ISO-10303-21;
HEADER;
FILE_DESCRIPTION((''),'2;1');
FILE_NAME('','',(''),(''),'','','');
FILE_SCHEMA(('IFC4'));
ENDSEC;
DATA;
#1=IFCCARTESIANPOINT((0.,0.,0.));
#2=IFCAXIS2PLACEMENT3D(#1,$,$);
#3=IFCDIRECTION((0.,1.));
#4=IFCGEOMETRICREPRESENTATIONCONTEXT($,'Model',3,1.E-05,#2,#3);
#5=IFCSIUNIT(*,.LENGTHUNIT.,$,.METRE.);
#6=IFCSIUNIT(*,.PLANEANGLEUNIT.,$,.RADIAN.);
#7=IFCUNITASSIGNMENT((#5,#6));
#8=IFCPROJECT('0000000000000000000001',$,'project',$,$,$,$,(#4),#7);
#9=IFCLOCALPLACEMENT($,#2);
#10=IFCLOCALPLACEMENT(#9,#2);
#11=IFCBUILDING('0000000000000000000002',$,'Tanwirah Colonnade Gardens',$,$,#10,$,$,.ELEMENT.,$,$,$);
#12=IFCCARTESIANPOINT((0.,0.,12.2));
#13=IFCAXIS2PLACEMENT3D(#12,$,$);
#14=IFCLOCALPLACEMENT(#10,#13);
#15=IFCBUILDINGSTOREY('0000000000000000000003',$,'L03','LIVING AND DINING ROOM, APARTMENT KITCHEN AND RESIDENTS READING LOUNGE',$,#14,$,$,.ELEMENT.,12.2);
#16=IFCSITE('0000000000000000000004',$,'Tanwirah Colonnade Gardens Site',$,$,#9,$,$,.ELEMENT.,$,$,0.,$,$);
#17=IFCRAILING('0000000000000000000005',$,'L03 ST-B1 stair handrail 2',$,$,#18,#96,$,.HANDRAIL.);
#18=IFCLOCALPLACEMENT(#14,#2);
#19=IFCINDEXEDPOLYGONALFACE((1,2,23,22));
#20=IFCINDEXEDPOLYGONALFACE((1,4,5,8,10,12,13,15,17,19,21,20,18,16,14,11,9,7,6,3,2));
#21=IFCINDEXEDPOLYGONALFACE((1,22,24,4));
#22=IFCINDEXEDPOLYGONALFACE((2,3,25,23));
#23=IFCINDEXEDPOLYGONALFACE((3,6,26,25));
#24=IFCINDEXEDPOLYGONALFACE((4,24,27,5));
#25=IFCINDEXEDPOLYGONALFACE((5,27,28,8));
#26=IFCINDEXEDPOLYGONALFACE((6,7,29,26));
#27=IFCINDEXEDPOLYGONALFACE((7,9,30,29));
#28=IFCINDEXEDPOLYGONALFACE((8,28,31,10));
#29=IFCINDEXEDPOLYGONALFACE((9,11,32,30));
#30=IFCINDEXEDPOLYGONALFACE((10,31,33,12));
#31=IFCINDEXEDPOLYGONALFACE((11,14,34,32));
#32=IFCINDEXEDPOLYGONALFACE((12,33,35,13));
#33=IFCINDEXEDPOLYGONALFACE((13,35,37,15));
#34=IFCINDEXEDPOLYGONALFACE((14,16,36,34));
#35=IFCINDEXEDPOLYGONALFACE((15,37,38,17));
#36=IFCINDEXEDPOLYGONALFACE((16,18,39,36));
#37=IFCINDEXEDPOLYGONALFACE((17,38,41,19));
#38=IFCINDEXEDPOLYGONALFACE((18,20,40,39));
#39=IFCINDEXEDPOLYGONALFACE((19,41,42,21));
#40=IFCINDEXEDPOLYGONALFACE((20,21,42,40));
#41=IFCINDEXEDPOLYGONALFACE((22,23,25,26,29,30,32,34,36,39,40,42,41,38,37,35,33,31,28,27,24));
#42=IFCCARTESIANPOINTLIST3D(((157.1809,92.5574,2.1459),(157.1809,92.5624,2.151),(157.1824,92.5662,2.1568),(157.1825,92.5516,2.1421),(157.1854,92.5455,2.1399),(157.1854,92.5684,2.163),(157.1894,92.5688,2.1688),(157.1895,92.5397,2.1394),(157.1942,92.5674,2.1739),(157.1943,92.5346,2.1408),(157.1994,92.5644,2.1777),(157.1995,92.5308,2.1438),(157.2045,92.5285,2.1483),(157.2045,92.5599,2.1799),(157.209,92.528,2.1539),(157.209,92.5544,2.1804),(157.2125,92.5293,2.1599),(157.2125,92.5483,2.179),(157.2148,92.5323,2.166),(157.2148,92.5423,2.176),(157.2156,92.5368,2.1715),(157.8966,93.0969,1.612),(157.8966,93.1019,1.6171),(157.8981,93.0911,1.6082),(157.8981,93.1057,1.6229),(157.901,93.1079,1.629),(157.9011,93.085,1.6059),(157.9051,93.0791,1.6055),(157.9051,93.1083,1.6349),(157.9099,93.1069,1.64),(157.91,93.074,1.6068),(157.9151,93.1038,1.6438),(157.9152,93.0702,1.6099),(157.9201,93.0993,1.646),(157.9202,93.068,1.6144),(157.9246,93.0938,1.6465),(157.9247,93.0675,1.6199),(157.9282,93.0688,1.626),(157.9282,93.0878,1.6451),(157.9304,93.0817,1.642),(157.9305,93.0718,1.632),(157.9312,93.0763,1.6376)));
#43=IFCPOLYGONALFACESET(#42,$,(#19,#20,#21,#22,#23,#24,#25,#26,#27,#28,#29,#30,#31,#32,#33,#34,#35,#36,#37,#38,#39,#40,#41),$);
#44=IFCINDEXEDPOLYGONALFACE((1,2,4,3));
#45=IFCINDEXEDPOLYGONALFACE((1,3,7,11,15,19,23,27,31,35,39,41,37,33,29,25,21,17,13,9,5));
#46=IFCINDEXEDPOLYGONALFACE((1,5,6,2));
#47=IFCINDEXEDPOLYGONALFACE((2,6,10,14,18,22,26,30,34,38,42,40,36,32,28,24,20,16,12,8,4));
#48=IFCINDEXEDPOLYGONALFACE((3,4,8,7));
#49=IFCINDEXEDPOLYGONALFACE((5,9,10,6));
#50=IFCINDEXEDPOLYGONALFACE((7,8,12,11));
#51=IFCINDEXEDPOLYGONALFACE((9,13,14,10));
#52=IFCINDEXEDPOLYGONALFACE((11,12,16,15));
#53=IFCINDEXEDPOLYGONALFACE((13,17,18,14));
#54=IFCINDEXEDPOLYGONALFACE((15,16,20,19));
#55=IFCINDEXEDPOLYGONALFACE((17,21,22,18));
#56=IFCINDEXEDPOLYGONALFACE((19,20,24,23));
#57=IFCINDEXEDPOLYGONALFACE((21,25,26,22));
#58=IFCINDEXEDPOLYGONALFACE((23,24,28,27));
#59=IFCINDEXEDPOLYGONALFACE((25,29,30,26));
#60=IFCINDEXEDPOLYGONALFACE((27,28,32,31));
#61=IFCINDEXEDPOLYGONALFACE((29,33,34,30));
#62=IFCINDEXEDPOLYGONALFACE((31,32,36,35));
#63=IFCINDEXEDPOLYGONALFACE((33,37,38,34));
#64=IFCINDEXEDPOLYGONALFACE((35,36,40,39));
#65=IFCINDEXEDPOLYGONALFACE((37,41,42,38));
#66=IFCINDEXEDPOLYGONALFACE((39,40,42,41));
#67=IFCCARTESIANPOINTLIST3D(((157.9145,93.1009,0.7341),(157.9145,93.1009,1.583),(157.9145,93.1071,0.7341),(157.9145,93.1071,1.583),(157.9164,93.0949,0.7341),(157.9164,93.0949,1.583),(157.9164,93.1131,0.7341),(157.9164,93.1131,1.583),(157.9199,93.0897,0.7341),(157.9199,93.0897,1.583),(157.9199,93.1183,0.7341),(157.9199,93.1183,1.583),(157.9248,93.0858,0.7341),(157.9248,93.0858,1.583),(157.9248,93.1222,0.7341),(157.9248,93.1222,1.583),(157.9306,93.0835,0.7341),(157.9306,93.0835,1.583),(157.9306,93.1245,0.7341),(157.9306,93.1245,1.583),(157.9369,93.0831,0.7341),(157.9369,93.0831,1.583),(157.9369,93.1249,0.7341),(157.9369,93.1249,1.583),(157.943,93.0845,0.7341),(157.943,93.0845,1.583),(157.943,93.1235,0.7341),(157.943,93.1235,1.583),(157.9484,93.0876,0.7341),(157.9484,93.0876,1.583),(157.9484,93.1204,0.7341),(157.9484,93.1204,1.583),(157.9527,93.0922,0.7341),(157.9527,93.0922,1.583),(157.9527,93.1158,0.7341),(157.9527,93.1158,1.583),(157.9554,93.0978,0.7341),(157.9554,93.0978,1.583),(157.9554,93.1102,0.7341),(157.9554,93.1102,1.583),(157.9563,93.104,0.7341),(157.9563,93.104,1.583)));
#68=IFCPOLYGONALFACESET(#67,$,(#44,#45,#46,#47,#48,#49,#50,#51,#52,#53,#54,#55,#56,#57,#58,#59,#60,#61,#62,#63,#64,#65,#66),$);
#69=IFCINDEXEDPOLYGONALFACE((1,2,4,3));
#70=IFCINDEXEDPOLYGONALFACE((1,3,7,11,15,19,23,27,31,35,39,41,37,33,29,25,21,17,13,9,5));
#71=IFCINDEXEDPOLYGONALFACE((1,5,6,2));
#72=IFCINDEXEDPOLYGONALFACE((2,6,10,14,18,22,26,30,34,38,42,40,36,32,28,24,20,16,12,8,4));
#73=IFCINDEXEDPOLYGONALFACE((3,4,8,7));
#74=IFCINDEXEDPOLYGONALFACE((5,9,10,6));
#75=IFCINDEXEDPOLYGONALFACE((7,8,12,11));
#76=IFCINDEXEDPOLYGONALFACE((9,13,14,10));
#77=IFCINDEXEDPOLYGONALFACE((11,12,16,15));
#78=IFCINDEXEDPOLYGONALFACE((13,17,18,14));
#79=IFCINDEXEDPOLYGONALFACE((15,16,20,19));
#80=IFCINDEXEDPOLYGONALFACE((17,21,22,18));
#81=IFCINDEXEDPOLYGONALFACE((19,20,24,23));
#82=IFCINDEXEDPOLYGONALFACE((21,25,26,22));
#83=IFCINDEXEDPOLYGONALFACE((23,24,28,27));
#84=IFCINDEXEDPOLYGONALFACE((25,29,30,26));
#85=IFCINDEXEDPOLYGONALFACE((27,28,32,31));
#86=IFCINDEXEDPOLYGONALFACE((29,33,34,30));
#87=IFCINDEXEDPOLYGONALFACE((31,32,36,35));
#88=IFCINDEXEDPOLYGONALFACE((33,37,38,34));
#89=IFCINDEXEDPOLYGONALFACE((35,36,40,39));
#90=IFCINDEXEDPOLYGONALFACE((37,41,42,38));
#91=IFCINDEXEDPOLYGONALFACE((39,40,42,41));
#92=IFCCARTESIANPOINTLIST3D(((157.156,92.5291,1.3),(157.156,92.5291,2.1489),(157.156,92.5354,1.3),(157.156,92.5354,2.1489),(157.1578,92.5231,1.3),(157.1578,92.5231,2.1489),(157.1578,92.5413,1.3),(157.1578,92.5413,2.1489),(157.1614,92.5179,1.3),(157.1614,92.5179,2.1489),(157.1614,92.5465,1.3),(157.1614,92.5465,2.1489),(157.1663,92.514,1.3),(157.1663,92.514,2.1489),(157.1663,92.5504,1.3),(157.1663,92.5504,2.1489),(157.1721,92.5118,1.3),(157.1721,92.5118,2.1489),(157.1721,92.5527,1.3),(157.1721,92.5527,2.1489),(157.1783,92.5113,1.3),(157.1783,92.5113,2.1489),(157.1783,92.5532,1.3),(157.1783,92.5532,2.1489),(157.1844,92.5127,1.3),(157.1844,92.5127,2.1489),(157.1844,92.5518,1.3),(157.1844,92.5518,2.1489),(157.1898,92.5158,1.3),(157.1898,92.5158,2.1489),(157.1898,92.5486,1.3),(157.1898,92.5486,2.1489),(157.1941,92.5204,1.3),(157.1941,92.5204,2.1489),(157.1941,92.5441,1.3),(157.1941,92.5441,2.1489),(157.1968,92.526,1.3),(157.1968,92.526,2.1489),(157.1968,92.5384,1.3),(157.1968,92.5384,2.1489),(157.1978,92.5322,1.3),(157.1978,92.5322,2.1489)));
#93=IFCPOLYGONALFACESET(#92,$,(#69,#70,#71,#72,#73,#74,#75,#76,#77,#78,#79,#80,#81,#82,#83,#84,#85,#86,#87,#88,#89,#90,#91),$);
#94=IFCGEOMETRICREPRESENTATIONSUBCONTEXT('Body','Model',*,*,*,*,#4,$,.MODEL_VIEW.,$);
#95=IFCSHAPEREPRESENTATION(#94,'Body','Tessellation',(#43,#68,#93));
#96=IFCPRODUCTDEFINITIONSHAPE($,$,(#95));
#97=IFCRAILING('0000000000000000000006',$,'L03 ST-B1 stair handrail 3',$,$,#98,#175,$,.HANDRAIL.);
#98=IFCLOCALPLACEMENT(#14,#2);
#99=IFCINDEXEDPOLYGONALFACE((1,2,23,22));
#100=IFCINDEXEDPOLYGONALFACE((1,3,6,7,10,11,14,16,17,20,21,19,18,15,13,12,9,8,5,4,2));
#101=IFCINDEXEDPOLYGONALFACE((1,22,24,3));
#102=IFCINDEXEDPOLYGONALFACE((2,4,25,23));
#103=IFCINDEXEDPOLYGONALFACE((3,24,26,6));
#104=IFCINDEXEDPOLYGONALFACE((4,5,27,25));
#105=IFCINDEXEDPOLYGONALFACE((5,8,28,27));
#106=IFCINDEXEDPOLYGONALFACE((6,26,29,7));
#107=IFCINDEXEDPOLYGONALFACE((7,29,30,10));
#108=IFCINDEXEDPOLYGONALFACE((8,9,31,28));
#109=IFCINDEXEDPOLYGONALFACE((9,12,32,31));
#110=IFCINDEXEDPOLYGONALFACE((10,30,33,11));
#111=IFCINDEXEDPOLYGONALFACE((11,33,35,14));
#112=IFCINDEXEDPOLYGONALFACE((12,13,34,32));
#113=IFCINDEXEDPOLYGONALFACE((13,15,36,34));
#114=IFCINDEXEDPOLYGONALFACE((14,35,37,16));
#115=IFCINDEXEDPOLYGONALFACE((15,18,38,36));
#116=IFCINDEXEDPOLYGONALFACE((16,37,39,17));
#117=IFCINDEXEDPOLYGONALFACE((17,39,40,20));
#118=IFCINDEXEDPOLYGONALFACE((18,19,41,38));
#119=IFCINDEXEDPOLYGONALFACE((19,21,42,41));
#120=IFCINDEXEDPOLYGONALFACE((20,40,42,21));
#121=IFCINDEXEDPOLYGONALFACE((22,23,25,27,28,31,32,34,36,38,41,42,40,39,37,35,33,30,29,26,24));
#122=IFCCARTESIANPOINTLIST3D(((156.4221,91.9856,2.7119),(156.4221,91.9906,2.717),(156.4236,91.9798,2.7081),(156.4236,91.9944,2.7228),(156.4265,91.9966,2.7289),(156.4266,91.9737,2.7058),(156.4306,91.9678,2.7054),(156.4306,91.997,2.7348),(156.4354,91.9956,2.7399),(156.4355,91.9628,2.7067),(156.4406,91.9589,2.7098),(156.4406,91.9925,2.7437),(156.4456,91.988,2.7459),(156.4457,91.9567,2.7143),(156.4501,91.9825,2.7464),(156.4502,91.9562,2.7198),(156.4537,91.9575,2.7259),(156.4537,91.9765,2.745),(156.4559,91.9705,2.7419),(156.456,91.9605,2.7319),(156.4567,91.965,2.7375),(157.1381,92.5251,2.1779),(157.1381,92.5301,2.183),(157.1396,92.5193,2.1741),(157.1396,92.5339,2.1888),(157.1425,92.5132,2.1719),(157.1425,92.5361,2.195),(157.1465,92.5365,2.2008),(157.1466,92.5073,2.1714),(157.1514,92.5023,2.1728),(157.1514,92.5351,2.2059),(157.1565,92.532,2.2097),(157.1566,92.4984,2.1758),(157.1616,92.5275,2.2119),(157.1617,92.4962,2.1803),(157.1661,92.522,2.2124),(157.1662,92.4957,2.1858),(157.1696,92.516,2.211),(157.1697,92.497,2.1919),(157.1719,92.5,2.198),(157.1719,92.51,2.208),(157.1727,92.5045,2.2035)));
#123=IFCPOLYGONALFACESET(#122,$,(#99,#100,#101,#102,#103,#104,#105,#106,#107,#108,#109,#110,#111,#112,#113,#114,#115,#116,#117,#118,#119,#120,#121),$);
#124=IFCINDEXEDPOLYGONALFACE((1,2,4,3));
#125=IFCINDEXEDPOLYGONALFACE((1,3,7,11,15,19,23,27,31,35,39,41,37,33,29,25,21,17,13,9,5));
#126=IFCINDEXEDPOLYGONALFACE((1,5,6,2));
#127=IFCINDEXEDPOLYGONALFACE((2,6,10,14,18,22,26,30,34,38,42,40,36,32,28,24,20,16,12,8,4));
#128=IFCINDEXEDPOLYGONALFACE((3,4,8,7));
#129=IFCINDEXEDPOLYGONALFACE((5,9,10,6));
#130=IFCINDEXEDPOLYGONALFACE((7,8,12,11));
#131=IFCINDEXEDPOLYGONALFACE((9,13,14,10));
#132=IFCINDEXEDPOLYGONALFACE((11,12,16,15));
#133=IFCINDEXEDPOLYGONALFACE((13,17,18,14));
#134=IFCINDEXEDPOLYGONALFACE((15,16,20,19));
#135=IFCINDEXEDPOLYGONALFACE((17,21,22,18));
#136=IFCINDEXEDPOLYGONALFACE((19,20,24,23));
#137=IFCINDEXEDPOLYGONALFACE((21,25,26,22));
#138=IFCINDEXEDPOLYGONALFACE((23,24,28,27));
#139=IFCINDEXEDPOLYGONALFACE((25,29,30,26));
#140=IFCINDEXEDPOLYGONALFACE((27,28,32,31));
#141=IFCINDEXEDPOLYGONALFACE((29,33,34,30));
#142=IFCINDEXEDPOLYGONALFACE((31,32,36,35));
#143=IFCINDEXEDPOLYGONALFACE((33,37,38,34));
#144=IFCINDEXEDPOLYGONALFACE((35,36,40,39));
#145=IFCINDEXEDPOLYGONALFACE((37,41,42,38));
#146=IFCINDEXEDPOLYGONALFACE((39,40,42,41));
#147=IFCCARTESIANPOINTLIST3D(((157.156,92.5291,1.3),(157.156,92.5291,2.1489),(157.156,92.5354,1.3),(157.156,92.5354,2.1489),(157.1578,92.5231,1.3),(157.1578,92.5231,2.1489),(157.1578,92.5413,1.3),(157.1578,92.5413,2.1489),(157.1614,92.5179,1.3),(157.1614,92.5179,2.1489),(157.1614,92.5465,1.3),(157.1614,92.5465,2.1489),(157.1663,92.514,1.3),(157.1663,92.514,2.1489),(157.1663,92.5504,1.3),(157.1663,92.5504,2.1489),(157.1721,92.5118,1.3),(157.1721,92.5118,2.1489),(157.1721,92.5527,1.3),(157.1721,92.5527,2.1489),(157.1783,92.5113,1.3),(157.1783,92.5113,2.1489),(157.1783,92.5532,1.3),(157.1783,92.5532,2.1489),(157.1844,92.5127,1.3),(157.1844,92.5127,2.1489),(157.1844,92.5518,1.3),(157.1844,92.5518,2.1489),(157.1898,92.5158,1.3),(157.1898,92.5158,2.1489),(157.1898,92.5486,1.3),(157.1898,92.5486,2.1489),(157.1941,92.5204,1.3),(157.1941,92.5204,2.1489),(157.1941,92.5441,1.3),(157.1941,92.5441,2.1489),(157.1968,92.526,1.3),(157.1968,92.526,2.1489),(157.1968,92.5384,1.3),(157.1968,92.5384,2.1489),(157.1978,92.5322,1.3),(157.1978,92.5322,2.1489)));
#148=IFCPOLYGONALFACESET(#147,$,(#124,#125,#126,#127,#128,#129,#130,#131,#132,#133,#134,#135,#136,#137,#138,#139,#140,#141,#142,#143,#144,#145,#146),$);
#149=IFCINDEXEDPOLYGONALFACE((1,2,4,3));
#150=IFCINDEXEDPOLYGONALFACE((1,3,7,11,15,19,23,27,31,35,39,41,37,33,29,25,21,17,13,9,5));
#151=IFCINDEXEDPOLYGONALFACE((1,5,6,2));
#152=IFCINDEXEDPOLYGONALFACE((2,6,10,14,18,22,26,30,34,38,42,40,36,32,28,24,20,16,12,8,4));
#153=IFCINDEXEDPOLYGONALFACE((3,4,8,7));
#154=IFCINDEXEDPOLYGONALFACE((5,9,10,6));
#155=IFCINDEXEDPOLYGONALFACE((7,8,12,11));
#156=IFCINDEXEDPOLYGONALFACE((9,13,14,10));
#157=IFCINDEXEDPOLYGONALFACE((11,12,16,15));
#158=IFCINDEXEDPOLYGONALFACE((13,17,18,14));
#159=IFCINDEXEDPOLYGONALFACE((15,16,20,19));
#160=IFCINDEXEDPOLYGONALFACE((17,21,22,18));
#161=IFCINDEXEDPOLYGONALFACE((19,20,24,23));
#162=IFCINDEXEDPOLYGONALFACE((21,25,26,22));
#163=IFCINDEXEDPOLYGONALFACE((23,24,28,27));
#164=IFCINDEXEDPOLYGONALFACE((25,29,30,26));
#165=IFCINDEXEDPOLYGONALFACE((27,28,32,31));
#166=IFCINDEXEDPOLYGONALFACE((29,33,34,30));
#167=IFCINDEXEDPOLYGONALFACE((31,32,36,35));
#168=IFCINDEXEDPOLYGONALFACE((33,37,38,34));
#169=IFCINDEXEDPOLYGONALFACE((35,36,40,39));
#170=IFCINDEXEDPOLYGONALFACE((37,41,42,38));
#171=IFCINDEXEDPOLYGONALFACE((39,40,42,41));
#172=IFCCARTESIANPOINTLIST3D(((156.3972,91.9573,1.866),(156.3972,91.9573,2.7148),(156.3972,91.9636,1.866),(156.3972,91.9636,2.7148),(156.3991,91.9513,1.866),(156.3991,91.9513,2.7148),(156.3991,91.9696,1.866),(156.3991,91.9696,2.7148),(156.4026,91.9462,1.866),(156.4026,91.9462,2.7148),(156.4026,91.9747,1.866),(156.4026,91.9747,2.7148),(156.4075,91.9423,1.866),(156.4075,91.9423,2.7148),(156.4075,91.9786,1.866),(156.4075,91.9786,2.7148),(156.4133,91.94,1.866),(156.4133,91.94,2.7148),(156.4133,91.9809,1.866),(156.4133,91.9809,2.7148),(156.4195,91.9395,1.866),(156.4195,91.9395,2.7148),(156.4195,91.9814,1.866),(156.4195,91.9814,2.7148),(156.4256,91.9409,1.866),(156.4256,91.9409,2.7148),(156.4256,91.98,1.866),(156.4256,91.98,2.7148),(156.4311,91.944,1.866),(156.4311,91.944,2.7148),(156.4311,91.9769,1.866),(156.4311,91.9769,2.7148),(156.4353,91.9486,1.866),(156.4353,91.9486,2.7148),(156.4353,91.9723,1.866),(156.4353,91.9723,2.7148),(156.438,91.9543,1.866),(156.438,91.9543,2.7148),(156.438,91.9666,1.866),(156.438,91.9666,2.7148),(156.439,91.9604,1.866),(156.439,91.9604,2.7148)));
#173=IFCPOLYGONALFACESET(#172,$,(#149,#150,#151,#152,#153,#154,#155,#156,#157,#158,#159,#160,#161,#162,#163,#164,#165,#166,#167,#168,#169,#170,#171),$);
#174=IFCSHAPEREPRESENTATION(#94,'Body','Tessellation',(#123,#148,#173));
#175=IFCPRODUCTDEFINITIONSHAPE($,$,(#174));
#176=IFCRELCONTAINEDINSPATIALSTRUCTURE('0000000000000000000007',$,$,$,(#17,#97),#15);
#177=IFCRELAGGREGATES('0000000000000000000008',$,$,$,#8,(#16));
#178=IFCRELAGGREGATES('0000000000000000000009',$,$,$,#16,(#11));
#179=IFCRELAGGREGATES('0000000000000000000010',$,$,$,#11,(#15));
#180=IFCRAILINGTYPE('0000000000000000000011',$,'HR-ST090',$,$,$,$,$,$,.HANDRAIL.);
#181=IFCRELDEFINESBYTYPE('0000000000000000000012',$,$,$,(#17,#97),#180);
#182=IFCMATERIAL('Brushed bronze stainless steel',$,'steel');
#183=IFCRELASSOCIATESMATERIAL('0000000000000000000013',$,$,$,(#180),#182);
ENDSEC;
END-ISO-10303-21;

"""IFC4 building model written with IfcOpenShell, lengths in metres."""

from ifc_helpers import new_model, si_unit, direction, frame, origin, origin_2d, place, context, subcontext, project, spatial, circle, extrude, material, type_object, element, save


model = new_model("IFC4")

# Units and contexts
model_context = context("Model", 3, precision=1e-05, world=origin(), true_north=direction((0.0, 1.0)))
body_context = subcontext(model_context, "Body", "Model", "MODEL_VIEW")
ifc_project = project(units=[si_unit("LENGTHUNIT", "METRE"), si_unit("PLANEANGLEUNIT", "RADIAN")], contexts=[model_context])

# Site, building, storey
site_placement = place(None, origin())
site = spatial("IfcSite", under=ifc_project, at=site_placement, Name="Tanwirah Colonnade Gardens Site", CompositionType="ELEMENT", RefElevation=0.0)
building_placement = place(site_placement, origin())
building = spatial("IfcBuilding", under=site, at=building_placement, Name="Tanwirah Colonnade Gardens", CompositionType="ELEMENT")
storey_placement = place(building_placement, frame((0.0, 0.0, 12.2)))
storey = spatial("IfcBuildingStorey", under=building, at=storey_placement, Name="L03", Description="LIVING AND DINING ROOM, APARTMENT KITCHEN AND RESIDENTS READING LOUNGE", CompositionType="ELEMENT", Elevation=12.2)

# Railings
ifc_material_1 = material(Name="Brushed bronze stainless steel", Category="steel")
railing_type_1 = type_object("IfcRailingType", Name="HR-ST090", PredefinedType="HANDRAIL", material=ifc_material_1)
railing_1_placement = place(storey_placement, frame((157.9353, 93.104, 0.7341)))
element("IfcRailing", 1, at=railing_1_placement, inside=storey, type_object=railing_type_1, Name="L03 ST-B1 stair handrail 2", PredefinedType="HANDRAIL", context=body_context, shape_type="SweptSolid", body=[
    extrude(circle(Radius=0.0239, at=origin_2d()), frame((-0.0215, -0.0161, 0.8918), z_axis=(-0.686028, -0.517116, 0.511817), x_axis=(0.601931, -0.798548, 0.0)), (0.0, 0.0, 1.0), 1.0432),
    extrude(circle(Radius=0.021, at=origin_2d()), origin(), (0.0, 0.0, 1.0), 0.8489),
    extrude(circle(Radius=0.021, at=origin_2d()), frame((-0.7585, -0.5718, 0.5659)), (0.0, 0.0, 1.0), 0.8489),
])
railing_2_placement = place(storey_placement, frame((157.1768, 92.5322, 1.3)))
element("IfcRailing", 2, at=railing_2_placement, inside=storey, type_object=railing_type_1, Name="L03 ST-B1 stair handrail 3", PredefinedType="HANDRAIL", context=body_context, shape_type="SweptSolid", body=[
    extrude(circle(Radius=0.0239, at=origin_2d()), frame((-0.0215, -0.0161, 0.8918), z_axis=(-0.686145, -0.517037, 0.511739), x_axis=(0.601807, -0.798641, 0.0)), (0.0, 0.0, 1.0), 1.0435),
    extrude(circle(Radius=0.021, at=origin_2d()), origin(), (0.0, 0.0, 1.0), 0.8489),
    extrude(circle(Radius=0.021, at=origin_2d()), frame((-0.7588, -0.5718, 0.5659)), (0.0, 0.0, 1.0), 0.8489),
])

save(model, "model.ifc")
